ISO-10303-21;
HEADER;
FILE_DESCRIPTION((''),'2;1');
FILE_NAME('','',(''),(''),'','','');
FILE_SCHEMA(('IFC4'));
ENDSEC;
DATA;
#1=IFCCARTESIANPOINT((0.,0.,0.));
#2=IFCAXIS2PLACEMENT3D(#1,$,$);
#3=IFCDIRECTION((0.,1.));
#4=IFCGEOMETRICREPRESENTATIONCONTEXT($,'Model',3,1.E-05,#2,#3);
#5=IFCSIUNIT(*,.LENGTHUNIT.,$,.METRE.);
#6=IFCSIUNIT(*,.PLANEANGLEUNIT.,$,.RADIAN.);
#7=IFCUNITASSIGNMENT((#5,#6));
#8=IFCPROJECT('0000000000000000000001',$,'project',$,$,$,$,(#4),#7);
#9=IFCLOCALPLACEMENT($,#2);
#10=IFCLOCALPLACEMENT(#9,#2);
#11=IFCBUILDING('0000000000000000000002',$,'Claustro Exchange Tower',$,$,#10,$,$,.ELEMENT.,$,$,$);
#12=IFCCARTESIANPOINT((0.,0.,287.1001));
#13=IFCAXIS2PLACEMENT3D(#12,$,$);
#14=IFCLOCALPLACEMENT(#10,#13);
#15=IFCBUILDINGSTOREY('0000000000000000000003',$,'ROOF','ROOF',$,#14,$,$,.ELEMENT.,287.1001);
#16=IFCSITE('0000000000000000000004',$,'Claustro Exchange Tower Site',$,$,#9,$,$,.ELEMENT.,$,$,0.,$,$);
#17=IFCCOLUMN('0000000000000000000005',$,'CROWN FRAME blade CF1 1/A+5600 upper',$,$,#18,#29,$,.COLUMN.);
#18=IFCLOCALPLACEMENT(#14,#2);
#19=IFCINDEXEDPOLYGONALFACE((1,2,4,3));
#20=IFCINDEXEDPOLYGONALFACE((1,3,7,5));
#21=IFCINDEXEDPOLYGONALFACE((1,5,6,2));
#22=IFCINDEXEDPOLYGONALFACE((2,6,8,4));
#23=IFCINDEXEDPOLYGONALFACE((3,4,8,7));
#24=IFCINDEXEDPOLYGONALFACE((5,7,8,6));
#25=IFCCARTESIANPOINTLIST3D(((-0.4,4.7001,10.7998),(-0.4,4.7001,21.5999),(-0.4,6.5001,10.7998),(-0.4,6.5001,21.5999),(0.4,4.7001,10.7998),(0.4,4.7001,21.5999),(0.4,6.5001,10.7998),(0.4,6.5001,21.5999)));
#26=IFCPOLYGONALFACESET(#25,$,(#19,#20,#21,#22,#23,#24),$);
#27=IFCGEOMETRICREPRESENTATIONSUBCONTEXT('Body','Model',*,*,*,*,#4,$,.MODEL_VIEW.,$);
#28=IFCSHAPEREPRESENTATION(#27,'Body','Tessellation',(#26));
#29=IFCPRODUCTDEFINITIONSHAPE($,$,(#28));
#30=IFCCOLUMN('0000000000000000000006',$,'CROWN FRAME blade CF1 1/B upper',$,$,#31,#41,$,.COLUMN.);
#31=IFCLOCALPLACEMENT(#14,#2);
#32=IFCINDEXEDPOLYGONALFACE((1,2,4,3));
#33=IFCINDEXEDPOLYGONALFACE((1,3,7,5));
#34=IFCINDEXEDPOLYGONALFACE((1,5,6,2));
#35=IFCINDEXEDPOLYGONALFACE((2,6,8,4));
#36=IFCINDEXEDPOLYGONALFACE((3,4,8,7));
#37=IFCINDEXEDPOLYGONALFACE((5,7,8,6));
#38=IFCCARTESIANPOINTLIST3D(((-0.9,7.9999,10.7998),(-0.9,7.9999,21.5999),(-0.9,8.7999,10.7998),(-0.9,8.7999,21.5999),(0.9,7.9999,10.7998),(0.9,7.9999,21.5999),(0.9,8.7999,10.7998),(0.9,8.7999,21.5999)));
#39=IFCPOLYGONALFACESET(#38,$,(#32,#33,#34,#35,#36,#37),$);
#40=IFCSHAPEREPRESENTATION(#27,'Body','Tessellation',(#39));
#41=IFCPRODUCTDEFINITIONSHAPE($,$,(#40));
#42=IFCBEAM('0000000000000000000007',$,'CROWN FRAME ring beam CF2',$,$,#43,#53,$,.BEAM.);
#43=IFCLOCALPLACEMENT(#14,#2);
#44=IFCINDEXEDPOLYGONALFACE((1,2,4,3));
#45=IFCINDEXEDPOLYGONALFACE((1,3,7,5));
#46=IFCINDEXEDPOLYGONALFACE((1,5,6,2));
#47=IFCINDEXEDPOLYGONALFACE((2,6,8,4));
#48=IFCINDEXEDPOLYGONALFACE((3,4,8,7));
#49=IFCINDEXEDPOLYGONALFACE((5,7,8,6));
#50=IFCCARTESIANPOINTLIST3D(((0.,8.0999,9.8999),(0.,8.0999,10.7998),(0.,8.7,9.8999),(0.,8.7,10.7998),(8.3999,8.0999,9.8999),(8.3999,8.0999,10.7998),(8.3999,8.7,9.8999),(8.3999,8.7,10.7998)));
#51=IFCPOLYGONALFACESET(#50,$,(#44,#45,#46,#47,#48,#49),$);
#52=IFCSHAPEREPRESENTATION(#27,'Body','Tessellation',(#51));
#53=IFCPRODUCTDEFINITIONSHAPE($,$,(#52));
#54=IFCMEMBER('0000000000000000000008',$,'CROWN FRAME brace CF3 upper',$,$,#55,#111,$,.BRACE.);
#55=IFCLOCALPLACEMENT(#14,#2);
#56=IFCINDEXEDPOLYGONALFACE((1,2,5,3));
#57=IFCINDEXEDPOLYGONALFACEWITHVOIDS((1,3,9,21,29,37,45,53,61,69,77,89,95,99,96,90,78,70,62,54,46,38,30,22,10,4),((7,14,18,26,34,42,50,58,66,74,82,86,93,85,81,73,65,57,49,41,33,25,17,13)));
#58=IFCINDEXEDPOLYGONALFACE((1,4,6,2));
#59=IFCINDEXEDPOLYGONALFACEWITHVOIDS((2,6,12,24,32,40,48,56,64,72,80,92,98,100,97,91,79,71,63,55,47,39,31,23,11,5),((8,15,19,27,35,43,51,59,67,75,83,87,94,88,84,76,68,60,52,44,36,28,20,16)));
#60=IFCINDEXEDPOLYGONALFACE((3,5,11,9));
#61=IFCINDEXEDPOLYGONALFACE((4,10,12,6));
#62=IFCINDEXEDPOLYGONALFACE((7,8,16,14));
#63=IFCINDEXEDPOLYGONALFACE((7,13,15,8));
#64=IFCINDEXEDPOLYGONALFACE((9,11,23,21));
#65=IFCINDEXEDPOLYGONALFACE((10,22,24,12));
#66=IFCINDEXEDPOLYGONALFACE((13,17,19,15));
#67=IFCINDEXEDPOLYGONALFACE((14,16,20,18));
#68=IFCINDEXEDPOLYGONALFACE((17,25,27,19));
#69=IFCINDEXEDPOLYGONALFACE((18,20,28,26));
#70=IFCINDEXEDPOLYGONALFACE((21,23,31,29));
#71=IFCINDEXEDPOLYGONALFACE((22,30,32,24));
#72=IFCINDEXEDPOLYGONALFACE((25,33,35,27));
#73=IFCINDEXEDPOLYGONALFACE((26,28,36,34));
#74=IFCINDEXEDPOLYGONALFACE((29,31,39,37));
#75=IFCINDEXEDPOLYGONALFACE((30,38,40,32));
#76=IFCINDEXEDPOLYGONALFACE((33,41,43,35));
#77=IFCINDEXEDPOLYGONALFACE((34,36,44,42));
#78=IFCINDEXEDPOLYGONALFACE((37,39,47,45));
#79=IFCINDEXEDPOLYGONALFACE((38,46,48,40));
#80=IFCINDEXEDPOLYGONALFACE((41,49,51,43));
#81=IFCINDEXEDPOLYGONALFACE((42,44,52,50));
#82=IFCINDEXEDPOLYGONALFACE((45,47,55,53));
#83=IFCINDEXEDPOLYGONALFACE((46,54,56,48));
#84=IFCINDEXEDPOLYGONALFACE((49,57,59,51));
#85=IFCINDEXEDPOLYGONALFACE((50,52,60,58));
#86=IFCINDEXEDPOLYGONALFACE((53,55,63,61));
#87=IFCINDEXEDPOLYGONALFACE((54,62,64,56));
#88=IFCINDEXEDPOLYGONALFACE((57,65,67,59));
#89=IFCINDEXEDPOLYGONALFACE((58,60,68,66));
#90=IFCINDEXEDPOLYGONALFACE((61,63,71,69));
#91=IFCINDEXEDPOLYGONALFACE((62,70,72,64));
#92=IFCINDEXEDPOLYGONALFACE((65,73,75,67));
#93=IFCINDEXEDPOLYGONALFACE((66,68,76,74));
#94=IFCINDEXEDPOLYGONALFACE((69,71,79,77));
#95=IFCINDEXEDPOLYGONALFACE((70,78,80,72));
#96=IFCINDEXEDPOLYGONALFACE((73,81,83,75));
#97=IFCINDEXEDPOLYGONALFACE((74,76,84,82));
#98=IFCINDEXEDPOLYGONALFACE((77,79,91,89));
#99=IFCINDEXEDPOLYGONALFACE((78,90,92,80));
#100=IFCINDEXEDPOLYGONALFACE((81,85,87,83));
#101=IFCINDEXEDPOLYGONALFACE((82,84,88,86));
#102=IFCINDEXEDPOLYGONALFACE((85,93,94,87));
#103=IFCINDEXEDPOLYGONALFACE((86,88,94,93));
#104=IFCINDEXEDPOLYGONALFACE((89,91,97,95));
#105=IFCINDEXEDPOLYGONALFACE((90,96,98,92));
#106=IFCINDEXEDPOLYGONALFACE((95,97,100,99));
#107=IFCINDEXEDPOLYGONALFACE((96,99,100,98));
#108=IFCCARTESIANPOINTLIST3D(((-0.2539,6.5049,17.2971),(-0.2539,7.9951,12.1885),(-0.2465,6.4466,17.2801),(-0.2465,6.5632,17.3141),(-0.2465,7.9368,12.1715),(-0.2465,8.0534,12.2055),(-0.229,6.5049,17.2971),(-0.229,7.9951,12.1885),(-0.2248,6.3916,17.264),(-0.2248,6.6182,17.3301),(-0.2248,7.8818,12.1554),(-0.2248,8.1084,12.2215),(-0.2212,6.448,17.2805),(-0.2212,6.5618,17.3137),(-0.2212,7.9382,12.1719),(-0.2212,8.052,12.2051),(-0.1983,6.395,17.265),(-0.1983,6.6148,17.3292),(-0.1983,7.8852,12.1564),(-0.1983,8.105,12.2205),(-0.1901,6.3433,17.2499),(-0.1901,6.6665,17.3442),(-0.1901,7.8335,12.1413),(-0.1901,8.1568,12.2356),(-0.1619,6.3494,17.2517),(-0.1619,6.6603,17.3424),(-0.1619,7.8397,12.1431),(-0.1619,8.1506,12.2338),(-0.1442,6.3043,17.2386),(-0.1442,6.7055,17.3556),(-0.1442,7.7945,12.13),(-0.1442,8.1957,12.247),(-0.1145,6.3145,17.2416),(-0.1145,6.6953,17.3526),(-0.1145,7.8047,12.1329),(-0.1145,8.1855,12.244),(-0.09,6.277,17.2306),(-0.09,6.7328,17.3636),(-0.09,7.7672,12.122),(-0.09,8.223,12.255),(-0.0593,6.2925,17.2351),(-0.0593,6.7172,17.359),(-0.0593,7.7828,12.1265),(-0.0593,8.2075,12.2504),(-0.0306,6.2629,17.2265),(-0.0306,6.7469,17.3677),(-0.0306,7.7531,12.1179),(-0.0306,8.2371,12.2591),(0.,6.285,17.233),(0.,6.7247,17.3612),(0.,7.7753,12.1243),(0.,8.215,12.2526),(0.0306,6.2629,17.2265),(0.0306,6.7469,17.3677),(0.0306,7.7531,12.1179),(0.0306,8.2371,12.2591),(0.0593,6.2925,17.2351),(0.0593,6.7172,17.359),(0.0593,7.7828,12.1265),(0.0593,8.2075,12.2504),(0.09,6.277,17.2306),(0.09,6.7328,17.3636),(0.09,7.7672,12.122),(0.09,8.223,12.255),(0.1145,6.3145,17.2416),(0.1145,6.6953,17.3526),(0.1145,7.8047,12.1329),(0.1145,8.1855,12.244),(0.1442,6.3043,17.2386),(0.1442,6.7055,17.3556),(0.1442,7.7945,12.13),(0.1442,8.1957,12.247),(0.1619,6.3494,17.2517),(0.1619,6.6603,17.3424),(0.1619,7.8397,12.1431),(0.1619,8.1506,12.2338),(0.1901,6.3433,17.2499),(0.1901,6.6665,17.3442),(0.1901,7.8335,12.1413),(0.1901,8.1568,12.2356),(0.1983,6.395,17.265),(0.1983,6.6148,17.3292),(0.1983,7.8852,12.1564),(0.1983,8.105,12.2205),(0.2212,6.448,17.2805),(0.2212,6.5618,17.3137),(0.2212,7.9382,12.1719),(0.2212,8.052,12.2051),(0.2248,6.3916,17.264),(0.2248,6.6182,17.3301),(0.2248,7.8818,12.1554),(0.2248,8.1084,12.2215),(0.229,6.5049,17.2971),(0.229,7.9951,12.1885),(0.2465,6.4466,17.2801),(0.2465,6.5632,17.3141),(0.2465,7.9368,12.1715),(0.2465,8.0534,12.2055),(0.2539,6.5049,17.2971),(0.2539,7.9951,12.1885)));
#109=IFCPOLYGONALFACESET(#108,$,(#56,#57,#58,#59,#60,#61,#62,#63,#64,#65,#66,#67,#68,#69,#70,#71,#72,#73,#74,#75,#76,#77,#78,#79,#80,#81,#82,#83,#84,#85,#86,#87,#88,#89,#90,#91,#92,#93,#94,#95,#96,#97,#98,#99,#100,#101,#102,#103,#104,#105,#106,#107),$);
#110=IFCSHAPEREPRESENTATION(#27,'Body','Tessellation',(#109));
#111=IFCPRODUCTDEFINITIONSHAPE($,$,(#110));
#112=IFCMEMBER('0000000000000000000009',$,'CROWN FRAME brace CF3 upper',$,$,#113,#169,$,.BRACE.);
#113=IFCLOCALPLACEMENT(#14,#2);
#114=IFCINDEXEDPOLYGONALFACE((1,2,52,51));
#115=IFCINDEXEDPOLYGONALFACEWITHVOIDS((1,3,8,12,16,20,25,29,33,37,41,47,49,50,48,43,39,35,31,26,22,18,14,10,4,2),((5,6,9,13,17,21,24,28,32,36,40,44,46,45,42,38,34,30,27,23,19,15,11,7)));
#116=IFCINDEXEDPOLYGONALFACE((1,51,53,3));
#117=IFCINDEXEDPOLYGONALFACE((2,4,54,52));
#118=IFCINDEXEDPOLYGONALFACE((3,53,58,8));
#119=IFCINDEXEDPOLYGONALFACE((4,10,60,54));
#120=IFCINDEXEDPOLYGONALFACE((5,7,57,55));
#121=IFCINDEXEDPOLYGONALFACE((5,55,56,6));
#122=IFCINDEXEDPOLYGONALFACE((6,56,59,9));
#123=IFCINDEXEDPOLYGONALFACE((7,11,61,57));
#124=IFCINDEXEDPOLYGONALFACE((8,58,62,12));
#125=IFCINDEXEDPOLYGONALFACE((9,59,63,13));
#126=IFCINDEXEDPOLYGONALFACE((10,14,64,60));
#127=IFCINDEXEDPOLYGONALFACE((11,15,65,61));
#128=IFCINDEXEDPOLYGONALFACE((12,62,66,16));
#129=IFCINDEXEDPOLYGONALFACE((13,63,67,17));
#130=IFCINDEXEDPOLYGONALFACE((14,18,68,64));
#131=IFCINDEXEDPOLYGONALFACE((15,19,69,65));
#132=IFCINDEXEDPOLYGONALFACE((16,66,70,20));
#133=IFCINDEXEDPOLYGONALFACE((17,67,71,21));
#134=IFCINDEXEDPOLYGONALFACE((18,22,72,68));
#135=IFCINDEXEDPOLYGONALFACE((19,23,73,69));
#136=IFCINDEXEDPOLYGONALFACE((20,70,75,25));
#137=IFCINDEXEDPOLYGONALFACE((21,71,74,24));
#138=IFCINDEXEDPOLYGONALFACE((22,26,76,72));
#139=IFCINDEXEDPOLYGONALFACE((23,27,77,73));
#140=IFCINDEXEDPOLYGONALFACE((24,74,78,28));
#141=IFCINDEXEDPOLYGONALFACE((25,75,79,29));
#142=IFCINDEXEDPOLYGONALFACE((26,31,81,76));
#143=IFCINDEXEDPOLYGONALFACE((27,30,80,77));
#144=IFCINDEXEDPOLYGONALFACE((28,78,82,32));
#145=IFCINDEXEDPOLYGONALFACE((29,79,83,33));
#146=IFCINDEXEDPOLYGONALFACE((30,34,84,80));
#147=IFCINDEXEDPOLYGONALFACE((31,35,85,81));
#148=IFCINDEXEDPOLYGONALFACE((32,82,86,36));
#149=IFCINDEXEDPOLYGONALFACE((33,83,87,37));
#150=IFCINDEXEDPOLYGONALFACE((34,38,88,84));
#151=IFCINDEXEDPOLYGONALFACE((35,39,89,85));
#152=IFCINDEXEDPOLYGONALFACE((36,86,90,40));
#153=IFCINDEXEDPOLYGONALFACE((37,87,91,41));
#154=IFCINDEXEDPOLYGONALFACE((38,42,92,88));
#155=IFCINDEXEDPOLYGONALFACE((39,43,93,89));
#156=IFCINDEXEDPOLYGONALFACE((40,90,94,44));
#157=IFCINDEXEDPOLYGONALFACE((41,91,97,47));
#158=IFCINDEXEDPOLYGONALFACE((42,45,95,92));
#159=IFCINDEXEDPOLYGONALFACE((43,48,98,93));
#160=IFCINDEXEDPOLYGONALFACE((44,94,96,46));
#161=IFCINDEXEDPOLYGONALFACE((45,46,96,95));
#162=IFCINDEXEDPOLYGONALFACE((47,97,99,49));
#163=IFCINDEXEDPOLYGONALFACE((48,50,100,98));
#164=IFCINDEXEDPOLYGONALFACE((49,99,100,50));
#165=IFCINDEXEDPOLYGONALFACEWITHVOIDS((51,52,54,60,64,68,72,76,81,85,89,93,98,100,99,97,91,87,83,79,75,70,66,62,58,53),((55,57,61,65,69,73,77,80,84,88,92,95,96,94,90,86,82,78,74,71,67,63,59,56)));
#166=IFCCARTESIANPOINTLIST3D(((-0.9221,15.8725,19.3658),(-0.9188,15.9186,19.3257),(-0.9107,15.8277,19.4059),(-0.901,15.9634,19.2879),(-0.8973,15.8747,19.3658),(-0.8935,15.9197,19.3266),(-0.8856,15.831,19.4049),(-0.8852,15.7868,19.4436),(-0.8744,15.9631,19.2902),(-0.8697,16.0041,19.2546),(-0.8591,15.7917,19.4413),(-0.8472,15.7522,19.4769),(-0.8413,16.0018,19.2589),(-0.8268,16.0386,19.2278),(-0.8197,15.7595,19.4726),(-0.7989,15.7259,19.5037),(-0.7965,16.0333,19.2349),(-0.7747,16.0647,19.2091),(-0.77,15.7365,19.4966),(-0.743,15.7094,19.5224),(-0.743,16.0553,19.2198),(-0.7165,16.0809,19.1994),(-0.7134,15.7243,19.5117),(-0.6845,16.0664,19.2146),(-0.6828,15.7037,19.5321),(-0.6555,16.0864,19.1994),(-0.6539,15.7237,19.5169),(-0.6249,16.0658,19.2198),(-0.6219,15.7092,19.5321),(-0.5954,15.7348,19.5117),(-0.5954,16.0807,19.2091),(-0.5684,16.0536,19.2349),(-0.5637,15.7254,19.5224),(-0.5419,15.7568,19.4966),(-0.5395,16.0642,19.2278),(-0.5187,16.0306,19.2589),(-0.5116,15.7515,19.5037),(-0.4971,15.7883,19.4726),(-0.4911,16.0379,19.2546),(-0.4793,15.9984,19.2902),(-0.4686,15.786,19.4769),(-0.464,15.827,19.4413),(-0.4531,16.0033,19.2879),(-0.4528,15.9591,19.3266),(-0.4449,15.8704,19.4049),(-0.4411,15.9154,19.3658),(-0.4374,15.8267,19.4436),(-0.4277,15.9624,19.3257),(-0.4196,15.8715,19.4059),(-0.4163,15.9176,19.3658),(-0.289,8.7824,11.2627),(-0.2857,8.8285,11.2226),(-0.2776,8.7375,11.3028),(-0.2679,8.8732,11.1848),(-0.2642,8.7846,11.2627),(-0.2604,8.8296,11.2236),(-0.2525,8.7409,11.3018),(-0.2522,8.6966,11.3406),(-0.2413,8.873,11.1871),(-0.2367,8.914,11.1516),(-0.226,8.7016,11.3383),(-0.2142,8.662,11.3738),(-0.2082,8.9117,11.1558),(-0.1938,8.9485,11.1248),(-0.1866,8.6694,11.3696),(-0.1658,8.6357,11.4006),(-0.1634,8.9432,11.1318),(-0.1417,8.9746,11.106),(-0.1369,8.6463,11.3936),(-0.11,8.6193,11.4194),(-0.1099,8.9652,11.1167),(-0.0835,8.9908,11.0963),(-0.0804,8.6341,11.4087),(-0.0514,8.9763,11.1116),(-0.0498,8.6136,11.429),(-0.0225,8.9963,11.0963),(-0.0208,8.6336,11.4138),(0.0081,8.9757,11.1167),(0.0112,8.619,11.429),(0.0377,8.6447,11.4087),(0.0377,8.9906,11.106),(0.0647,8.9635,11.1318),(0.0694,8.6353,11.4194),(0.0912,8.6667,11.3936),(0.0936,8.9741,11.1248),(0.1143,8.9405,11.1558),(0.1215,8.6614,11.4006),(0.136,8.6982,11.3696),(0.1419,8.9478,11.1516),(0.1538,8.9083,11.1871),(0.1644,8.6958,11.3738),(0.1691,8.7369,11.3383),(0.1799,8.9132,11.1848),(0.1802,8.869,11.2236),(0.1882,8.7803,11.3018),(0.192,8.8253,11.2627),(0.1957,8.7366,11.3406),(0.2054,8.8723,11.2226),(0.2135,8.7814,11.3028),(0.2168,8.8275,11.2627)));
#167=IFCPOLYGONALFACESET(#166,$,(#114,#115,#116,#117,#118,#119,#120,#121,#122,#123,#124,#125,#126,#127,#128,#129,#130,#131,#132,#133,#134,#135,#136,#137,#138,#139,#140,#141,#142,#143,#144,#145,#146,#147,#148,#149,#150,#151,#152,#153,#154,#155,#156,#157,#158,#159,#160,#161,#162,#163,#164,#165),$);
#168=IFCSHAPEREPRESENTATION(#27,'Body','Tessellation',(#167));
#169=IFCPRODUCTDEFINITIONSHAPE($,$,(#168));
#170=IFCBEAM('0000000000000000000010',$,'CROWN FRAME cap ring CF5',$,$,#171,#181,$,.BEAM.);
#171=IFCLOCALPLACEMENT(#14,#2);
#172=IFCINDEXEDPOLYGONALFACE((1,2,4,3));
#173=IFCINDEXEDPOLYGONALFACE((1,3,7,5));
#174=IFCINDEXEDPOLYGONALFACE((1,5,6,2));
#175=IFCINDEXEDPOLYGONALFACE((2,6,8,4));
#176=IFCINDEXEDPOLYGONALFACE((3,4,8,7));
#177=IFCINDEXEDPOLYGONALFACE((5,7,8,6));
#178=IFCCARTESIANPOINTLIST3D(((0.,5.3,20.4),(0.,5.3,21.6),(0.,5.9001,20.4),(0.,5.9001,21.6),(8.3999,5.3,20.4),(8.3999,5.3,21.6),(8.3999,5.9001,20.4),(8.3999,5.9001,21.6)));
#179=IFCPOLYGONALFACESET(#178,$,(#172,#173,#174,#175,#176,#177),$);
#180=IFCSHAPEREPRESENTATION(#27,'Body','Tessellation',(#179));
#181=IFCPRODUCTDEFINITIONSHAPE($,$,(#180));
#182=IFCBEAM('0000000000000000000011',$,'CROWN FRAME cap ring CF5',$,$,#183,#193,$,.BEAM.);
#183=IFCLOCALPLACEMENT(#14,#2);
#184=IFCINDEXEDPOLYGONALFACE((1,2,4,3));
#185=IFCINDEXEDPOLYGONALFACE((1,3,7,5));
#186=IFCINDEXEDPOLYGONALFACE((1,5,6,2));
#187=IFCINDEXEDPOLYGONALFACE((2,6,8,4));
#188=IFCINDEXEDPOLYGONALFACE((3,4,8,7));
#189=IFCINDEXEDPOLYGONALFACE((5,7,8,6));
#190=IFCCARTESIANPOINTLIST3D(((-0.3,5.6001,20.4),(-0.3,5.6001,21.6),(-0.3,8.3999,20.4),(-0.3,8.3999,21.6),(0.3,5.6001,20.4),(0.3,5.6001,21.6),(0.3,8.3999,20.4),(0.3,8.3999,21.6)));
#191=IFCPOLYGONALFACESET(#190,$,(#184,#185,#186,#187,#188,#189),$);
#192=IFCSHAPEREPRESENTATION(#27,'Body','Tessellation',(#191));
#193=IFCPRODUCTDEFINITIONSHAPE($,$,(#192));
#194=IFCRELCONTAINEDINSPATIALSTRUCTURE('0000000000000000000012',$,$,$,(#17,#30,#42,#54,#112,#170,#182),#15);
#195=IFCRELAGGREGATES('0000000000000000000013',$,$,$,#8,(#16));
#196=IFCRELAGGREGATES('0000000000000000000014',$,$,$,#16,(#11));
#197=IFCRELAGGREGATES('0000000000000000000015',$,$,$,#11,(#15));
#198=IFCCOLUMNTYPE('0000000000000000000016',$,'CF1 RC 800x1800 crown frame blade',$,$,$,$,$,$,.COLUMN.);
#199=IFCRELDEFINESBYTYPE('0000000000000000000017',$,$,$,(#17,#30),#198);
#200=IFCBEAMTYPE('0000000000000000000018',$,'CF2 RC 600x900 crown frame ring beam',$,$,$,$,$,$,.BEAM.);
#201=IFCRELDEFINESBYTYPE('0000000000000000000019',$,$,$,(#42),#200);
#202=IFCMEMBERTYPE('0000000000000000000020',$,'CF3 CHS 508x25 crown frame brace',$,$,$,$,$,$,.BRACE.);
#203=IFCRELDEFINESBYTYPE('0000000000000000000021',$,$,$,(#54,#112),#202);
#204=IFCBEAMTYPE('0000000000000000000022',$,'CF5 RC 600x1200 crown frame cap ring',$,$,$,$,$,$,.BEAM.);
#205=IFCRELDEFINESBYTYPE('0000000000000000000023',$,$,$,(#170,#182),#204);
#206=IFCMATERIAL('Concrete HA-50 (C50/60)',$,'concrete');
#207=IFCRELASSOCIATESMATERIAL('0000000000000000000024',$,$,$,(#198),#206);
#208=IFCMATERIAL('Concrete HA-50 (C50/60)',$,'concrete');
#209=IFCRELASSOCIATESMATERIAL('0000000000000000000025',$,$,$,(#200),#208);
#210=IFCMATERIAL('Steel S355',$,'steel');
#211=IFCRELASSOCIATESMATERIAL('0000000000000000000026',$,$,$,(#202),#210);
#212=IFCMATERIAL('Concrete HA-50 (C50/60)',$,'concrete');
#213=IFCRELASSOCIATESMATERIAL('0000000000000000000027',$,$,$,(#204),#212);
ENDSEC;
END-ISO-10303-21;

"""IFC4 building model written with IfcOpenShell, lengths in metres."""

from ifc_helpers import new_model, si_unit, direction, frame, origin, origin_2d, place, context, subcontext, project, spatial, rectangle, hollow_circle, extrude, material, material_profile, profile_set, type_object, element, save


model = new_model("IFC4")

# Units and contexts
model_context = context("Model", 3, precision=1e-05, world=origin(), true_north=direction((0.0, 1.0)))
body_context = subcontext(model_context, "Body", "Model", "MODEL_VIEW")
ifc_project = project(units=[si_unit("LENGTHUNIT", "METRE"), si_unit("PLANEANGLEUNIT", "RADIAN")], contexts=[model_context])

# Site, building, storey
site_placement = place(None, origin())
site = spatial("IfcSite", under=ifc_project, at=site_placement, Name="Claustro Exchange Tower Site", CompositionType="ELEMENT", RefElevation=0.0)
building_placement = place(site_placement, origin())
building = spatial("IfcBuilding", under=site, at=building_placement, Name="Claustro Exchange Tower", CompositionType="ELEMENT")
storey_placement = place(building_placement, frame((0.0, 0.0, 287.1001)))
storey = spatial("IfcBuildingStorey", under=building, at=storey_placement, Name="ROOF", Description="ROOF", CompositionType="ELEMENT", Elevation=287.1001)

# Columns
ifc_material_1 = material(Name="Concrete HA-50 (C50/60)", Category="concrete")
ifc_material_profile_1 = material_profile(ifc_material_1, rectangle(XDim=0.8, YDim=1.8, at=origin_2d()), Name="RC 800x1800")
ifc_profile_set_1 = profile_set([ifc_material_profile_1], Name="Concrete HA-50 (C50/60)")
column_type = type_object("IfcColumnType", Name="CF1 RC 800x1800 crown frame blade", PredefinedType="COLUMN", material=ifc_profile_set_1)
for number, where, z_axis, x_axis, name in (
    (1, (0.0, 5.6001, 10.7998), (0.0, 0.0, 1.0), (1.0, 0.0, 0.0), "CROWN FRAME blade CF1 1/A+5600 upper"),
    (2, (0.0, 8.3999, 10.7998), (0.0, 0.0, 1.0), (0.0, 1.0, 0.0), "CROWN FRAME blade CF1 1/B upper"),
):
    element("IfcColumn", number, at=place(storey_placement, frame(where, z_axis=z_axis, x_axis=x_axis)), inside=storey, type_object=column_type, Name=name, PredefinedType="COLUMN", context=body_context, shape_type="SweptSolid", body=[
        extrude(rectangle(XDim=0.8, YDim=1.8, at=origin_2d()), origin(), (0.0, 0.0, 1.0), 10.8),
    ])

# Beam
ifc_material_2 = material(Name="Concrete HA-50 (C50/60)", Category="concrete")
ifc_material_profile_2 = material_profile(ifc_material_2, rectangle(XDim=0.6001, YDim=0.8999, at=origin_2d()), Name="RC 600x900")
ifc_profile_set_2 = profile_set([ifc_material_profile_2], Name="Concrete HA-50 (C50/60)")
beam_type_1 = type_object("IfcBeamType", Name="CF2 RC 600x900 crown frame ring beam", PredefinedType="BEAM", material=ifc_profile_set_2)
beam_1_placement = place(storey_placement, frame((0.0, 8.3999, 10.3499), z_axis=(1.0, 0.0, 0.0), x_axis=(0.0, 1.0, 0.0)))
element("IfcBeam", 3, at=beam_1_placement, inside=storey, type_object=beam_type_1, Name="CROWN FRAME ring beam CF2", PredefinedType="BEAM", context=body_context, shape_type="SweptSolid", body=[
    extrude(rectangle(XDim=0.6001, YDim=0.8999, at=origin_2d()), origin(), (0.0, 0.0, 1.0), 8.3999),
])

# Members
ifc_material_3 = material(Name="Steel S355", Category="steel")
ifc_material_profile_3 = material_profile(ifc_material_3, hollow_circle(Radius=0.2539, WallThickness=0.0249, at=origin_2d()), Name="CHS 508x25")
ifc_profile_set_3 = profile_set([ifc_material_profile_3], Name="Steel S355")
member_type = type_object("IfcMemberType", Name="CF3 CHS 508x25 crown frame brace", PredefinedType="BRACE", material=ifc_profile_set_3)
member_1_placement = place(storey_placement, frame((0.0, 7.9951, 12.1885), z_axis=(0.0, -0.280037, 0.959989), x_axis=(1.0, 0.0, 0.0)))
element("IfcMember", 4, at=member_1_placement, inside=storey, type_object=member_type, Name="CROWN FRAME brace CF3 upper", PredefinedType="BRACE", context=body_context, shape_type="SweptSolid", body=[
    extrude(hollow_circle(Radius=0.2539, WallThickness=0.0249, at=origin_2d()), origin(), (0.0, 0.0, 1.0), 5.3215),
])
member_2_placement = place(storey_placement, frame((-0.0361, 8.8049, 11.2627), z_axis=(-0.058695, 0.657366, 0.751282), x_axis=(-0.996038, -0.088934, 0.0)))
element("IfcMember", 5, at=member_2_placement, inside=storey, type_object=member_type, Name="CROWN FRAME brace CF3 upper", PredefinedType="BRACE", context=body_context, shape_type="SweptSolid", body=[
    extrude(hollow_circle(Radius=0.2539, WallThickness=0.0249, at=origin_2d()), origin(), (0.0, 0.0, 1.0), 10.7856),
])

# Beams
ifc_material_4 = material(Name="Concrete HA-50 (C50/60)", Category="concrete")
ifc_material_profile_4 = material_profile(ifc_material_4, rectangle(XDim=0.6001, YDim=1.2, at=origin_2d()), Name="RC 600x1200")
ifc_profile_set_4 = profile_set([ifc_material_profile_4], Name="Concrete HA-50 (C50/60)")
beam_type_2 = type_object("IfcBeamType", Name="CF5 RC 600x1200 crown frame cap ring", PredefinedType="BEAM", material=ifc_profile_set_4)
beam_2_placement = place(storey_placement, frame((0.0, 5.6001, 21.0), z_axis=(1.0, 0.0, 0.0), x_axis=(0.0, 1.0, 0.0)))
element("IfcBeam", 6, at=beam_2_placement, inside=storey, type_object=beam_type_2, Name="CROWN FRAME cap ring CF5", PredefinedType="BEAM", context=body_context, shape_type="SweptSolid", body=[
    extrude(rectangle(XDim=0.6001, YDim=1.2, at=origin_2d()), origin(), (0.0, 0.0, 1.0), 8.3999),
])
beam_3_placement = place(storey_placement, frame((0.0, 5.6001, 21.0), z_axis=(0.0, 1.0, 0.0), x_axis=(-1.0, 0.0, 0.0)))
element("IfcBeam", 7, at=beam_3_placement, inside=storey, type_object=beam_type_2, Name="CROWN FRAME cap ring CF5", PredefinedType="BEAM", context=body_context, shape_type="SweptSolid", body=[
    extrude(rectangle(XDim=0.6001, YDim=1.2, at=origin_2d()), origin(), (0.0, 0.0, 1.0), 2.7998),
])

save(model, "model.ifc")
